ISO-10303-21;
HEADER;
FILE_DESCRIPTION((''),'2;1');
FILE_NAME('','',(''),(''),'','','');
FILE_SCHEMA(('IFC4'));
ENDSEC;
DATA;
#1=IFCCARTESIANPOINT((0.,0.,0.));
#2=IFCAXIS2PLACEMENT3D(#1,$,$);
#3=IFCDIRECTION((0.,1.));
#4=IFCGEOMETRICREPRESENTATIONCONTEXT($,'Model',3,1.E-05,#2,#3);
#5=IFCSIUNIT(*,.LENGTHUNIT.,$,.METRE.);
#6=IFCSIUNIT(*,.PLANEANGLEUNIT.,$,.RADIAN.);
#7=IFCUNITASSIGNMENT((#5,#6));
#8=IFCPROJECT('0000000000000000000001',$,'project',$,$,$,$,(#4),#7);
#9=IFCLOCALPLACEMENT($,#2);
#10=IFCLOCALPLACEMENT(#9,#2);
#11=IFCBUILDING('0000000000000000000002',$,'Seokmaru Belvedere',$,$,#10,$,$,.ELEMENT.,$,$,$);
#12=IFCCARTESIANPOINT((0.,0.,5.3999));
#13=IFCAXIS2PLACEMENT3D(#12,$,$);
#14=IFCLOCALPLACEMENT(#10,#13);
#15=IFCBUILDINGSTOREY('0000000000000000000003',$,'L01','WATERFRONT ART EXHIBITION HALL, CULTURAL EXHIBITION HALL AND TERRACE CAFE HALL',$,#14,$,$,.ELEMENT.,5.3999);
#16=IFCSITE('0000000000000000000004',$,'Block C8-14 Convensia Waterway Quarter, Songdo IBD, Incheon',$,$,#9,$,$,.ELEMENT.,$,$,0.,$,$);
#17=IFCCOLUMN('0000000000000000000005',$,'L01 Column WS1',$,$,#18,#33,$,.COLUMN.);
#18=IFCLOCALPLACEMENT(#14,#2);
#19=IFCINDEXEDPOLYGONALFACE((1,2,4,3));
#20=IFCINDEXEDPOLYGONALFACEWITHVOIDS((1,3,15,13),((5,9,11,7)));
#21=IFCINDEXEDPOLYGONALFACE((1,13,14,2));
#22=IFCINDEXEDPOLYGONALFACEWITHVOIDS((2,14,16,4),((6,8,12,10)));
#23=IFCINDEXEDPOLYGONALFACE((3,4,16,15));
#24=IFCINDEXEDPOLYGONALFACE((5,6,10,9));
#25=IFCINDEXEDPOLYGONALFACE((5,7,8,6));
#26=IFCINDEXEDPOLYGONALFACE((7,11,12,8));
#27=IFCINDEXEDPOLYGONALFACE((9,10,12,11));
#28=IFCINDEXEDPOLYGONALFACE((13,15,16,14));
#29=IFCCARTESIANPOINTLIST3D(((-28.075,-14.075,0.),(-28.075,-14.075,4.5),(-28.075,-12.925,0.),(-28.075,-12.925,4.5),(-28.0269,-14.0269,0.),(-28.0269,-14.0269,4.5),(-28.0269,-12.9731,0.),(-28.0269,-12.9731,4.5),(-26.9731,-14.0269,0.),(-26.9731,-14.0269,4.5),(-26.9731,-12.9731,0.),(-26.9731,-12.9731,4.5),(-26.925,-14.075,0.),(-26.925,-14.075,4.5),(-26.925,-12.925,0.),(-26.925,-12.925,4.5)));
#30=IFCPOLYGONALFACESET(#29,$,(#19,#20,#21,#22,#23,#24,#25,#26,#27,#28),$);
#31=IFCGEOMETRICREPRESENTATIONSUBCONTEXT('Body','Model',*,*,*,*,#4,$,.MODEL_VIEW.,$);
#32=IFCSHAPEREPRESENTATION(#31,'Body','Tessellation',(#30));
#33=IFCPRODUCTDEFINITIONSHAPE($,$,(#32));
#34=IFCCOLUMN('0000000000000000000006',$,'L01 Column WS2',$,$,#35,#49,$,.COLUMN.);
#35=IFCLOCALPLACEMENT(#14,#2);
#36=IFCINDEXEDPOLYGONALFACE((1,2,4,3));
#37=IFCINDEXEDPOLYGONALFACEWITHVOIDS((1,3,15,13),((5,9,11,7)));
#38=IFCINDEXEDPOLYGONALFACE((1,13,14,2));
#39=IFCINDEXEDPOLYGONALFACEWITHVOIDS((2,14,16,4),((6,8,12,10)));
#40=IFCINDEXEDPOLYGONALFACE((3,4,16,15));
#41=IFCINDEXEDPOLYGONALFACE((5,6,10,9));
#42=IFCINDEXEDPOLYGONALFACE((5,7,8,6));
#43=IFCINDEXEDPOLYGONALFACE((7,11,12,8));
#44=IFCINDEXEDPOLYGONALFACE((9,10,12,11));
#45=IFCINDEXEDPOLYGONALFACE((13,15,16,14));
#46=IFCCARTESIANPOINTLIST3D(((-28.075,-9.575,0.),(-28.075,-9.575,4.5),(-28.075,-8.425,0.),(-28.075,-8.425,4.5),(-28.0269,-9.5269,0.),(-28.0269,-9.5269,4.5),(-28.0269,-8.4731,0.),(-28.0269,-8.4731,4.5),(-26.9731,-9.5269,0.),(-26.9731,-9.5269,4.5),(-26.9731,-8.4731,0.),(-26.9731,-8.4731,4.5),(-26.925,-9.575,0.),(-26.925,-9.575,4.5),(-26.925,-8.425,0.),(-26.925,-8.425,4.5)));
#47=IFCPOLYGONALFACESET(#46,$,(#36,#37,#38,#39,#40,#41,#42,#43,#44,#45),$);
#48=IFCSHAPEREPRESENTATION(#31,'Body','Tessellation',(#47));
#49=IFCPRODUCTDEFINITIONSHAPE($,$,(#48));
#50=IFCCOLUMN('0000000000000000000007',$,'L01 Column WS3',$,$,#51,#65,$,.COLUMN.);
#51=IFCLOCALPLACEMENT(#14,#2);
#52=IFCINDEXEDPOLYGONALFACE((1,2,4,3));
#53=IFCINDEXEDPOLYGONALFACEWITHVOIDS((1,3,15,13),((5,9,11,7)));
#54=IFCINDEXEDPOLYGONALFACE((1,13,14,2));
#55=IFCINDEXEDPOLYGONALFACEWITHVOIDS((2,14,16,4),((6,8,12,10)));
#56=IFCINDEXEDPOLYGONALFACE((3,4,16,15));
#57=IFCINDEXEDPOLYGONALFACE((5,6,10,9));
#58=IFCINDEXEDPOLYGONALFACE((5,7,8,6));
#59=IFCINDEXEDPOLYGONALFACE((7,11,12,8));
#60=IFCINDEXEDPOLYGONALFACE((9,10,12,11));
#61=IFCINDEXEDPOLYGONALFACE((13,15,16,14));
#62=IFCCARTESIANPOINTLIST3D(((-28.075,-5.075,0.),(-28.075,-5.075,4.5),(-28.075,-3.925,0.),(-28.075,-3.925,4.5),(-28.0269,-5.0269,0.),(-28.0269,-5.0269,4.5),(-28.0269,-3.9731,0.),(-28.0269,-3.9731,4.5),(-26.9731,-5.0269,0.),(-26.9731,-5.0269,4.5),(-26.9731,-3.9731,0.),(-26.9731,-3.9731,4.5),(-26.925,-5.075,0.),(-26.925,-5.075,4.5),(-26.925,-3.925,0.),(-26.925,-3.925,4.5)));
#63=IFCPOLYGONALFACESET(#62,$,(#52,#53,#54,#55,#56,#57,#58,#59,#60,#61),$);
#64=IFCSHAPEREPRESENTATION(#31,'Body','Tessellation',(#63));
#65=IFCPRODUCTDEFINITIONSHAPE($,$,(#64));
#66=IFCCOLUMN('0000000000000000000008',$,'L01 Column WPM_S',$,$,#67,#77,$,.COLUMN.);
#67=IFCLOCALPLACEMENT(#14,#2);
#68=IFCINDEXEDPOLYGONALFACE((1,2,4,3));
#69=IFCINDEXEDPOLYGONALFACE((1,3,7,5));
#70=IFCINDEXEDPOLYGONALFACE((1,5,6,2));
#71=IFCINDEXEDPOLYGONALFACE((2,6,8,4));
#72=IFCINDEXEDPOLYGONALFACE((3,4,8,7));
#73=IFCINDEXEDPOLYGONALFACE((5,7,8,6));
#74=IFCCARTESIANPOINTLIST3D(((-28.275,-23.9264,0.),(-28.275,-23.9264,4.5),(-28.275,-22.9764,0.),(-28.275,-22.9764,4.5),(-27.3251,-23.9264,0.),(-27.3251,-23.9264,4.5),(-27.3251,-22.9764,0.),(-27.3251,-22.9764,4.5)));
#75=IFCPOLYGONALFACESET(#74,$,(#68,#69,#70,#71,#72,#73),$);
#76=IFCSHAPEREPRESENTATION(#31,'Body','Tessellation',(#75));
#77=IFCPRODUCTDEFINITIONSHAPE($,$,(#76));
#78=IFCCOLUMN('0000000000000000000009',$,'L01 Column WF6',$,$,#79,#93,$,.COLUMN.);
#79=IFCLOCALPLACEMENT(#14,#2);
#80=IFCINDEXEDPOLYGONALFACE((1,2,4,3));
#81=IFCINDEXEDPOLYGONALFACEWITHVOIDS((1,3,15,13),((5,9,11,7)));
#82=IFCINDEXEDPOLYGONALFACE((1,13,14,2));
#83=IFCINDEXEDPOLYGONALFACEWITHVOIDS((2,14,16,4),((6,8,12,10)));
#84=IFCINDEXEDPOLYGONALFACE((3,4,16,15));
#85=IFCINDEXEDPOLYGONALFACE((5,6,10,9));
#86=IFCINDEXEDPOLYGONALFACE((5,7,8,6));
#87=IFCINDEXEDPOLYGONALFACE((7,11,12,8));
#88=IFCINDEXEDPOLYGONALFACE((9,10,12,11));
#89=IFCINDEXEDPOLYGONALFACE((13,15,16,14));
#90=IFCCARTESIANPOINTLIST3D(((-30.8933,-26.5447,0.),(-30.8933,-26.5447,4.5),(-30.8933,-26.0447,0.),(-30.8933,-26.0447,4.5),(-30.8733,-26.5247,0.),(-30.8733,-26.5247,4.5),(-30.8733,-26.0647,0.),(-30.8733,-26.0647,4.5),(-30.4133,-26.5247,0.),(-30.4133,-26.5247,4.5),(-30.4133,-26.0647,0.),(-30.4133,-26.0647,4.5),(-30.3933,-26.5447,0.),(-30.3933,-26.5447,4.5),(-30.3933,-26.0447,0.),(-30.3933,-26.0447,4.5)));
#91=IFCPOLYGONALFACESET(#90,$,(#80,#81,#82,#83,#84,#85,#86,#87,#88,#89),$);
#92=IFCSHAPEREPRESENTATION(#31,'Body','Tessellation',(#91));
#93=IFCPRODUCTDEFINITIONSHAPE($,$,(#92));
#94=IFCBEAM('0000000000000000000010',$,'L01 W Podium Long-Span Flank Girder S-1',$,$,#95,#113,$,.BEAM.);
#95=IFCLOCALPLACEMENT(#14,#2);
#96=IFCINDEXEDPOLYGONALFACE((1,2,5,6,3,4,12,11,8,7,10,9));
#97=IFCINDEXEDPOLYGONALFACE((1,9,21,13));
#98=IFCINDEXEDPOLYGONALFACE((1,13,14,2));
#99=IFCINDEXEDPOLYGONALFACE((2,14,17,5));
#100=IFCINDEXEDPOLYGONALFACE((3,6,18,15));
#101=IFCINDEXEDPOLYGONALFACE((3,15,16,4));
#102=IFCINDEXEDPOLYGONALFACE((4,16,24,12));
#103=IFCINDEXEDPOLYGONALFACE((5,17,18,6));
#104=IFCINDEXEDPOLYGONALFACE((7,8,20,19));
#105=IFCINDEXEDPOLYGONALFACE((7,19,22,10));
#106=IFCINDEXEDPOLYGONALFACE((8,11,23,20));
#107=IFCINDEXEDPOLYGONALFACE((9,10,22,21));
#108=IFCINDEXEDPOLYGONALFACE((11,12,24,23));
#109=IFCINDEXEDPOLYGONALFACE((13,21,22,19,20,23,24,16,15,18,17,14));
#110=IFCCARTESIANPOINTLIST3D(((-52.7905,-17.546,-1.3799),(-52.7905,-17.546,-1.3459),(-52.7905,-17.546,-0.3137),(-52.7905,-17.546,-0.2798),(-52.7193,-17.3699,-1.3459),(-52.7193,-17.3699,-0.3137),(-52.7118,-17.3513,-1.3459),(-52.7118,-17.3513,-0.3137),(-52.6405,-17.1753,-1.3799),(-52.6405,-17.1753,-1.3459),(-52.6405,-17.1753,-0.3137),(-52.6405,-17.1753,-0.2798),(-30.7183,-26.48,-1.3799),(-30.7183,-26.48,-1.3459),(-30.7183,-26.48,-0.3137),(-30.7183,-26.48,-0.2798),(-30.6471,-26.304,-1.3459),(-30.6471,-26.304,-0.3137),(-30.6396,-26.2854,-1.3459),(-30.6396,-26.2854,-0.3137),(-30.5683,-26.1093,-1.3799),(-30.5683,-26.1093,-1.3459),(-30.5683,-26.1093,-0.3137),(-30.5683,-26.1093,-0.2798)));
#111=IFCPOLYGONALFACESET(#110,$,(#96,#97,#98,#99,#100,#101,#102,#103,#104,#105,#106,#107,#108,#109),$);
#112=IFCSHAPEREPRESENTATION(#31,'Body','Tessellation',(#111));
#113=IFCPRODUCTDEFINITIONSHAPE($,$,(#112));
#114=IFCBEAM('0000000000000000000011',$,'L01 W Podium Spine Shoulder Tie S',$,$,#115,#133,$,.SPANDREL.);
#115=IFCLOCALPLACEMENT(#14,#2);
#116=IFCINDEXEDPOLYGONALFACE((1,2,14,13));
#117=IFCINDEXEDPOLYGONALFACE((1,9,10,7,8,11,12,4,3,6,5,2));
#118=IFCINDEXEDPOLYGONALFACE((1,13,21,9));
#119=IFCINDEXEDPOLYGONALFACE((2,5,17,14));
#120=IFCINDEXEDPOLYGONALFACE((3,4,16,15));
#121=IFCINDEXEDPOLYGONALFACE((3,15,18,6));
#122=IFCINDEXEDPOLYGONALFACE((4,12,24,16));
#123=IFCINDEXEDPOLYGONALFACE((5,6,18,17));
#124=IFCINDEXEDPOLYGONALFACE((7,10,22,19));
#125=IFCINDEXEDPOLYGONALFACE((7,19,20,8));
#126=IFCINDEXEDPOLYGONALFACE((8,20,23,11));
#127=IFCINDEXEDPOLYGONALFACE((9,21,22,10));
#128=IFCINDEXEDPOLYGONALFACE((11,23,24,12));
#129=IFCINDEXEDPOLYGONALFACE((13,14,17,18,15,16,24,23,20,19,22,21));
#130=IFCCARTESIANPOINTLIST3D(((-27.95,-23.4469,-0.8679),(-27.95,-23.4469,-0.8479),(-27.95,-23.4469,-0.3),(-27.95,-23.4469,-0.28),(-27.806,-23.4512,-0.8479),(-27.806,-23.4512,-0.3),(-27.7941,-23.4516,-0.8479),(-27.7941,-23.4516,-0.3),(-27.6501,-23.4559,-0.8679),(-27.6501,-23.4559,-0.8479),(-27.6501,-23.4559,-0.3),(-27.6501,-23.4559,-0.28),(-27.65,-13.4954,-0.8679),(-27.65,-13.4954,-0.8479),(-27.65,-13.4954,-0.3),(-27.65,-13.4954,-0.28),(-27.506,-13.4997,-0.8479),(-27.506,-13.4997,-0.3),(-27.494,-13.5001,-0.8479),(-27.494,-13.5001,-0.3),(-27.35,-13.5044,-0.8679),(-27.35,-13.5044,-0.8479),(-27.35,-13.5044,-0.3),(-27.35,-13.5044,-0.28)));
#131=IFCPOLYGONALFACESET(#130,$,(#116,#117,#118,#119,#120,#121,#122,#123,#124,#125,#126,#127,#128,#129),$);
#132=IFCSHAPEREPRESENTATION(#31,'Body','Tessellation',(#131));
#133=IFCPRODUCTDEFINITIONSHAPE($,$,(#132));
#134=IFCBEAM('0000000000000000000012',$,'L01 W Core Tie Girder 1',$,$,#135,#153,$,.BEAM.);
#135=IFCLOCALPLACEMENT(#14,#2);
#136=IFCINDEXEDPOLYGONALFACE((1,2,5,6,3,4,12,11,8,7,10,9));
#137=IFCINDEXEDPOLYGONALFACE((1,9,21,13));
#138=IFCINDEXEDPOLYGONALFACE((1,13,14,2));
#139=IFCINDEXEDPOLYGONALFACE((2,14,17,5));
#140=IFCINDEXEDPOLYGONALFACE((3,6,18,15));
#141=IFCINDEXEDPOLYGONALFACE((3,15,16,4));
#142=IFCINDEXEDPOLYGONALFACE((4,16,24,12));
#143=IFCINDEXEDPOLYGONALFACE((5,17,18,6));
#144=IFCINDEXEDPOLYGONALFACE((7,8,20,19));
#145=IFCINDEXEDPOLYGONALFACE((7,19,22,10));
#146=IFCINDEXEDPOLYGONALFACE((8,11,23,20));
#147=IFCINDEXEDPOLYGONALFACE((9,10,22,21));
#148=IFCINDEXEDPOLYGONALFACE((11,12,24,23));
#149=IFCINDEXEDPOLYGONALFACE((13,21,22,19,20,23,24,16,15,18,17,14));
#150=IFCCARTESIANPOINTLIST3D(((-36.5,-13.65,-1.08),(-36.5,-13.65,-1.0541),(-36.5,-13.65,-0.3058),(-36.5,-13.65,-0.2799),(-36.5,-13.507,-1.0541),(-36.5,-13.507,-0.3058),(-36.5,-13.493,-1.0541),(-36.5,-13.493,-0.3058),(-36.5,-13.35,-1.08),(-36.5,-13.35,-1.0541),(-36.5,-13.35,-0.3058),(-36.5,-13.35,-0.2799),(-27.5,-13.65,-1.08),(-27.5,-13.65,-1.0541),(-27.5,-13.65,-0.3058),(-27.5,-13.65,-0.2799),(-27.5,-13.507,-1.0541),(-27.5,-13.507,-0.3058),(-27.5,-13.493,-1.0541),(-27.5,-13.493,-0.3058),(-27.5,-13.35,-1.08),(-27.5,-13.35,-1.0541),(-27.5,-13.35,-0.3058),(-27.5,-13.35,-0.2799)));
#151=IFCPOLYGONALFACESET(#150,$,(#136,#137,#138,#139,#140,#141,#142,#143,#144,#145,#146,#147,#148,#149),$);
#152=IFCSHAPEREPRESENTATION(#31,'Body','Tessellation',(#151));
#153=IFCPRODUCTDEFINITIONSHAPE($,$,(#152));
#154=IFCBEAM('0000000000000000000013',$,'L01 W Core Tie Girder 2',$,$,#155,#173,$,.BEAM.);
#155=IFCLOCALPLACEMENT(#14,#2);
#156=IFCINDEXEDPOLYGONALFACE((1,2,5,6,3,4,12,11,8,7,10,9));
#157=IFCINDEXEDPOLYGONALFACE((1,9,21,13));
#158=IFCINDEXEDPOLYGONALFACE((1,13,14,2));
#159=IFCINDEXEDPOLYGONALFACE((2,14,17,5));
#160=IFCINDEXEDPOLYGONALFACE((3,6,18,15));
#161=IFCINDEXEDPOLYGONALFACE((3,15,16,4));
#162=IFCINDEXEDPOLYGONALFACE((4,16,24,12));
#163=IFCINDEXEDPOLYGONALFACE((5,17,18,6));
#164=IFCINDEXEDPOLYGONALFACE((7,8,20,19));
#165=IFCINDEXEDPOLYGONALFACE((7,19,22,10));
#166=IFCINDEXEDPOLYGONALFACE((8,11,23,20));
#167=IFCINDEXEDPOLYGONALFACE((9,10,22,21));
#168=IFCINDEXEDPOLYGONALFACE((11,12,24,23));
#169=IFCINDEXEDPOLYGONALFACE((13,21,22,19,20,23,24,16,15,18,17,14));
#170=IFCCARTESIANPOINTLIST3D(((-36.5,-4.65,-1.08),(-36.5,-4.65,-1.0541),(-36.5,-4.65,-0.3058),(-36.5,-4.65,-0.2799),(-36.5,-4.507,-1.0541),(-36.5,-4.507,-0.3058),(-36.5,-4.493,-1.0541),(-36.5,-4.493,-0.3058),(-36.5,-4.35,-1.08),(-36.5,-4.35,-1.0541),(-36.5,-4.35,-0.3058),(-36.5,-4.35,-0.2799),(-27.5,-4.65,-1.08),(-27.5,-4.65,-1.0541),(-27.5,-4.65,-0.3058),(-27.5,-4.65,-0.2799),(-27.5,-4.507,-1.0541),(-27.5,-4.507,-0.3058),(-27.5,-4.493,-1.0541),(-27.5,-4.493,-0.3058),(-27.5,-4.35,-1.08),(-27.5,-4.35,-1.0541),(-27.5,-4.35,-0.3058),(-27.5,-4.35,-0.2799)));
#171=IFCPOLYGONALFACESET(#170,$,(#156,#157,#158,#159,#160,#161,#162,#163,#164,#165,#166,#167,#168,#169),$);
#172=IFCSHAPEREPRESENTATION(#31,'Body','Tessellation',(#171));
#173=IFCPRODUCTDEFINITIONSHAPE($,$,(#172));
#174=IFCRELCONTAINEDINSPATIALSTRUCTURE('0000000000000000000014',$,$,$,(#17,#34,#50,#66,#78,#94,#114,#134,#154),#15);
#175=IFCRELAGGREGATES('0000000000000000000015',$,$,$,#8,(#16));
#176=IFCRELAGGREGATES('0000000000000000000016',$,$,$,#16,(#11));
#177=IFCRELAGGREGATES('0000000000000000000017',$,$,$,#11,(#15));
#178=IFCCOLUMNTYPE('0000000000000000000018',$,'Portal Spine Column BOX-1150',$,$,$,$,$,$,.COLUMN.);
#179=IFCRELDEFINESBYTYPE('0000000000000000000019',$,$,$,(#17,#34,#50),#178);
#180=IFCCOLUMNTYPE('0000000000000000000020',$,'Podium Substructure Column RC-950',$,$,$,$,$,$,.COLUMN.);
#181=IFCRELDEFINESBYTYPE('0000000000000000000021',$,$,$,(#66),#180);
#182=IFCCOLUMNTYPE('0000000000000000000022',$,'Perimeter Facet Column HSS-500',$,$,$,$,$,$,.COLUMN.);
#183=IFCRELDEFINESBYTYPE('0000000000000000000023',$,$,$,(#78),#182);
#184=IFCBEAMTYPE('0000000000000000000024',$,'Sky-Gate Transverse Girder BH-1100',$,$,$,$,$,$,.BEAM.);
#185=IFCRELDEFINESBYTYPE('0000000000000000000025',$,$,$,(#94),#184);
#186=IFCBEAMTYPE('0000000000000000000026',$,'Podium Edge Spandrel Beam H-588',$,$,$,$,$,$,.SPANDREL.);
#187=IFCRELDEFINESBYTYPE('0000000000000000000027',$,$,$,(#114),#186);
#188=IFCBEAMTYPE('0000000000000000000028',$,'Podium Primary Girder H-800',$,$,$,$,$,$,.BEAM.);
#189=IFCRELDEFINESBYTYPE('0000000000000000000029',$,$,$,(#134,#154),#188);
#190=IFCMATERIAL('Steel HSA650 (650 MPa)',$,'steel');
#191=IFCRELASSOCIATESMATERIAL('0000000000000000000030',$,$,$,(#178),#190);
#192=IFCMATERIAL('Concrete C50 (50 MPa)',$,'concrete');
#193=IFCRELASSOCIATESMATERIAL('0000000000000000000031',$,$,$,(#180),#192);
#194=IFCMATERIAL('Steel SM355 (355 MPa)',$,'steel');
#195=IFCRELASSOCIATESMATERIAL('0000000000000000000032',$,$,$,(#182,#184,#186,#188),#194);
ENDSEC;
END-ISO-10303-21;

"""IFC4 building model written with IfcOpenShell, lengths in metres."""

from ifc_helpers import new_model, si_unit, direction, frame, origin, origin_2d, place, context, subcontext, project, spatial, rectangle, hollow_rectangle, i_section, extrude, source, transform, mapped, material, material_profile, profile_set, type_object, type_shapes, element, save


model = new_model("IFC4")

# Units and contexts
model_context = context("Model", 3, precision=1e-05, world=origin(), true_north=direction((0.0, 1.0)))
body_context = subcontext(model_context, "Body", "Model", "MODEL_VIEW")
ifc_project = project(units=[si_unit("LENGTHUNIT", "METRE"), si_unit("PLANEANGLEUNIT", "RADIAN")], contexts=[model_context])

# Site, building, storey
site_placement = place(None, origin())
site = spatial("IfcSite", under=ifc_project, at=site_placement, Name="Block C8-14 Convensia Waterway Quarter, Songdo IBD, Incheon", CompositionType="ELEMENT", RefElevation=0.0)
building_placement = place(site_placement, origin())
building = spatial("IfcBuilding", under=site, at=building_placement, Name="Seokmaru Belvedere", CompositionType="ELEMENT")
storey_placement = place(building_placement, frame((0.0, 0.0, 5.3999)))
storey = spatial("IfcBuildingStorey", under=building, at=storey_placement, Name="L01", Description="WATERFRONT ART EXHIBITION HALL, CULTURAL EXHIBITION HALL AND TERRACE CAFE HALL", CompositionType="ELEMENT", Elevation=5.3999)

# Columns
ifc_material_1 = material(Name="Steel HSA650 (650 MPa)", Category="steel")
ifc_material_profile_1 = material_profile(ifc_material_1, hollow_rectangle(XDim=1.1499, YDim=1.1499, WallThickness=0.0481, at=origin_2d()), Name="BOX-1150x1150x48")
ifc_profile_set_1 = profile_set([ifc_material_profile_1], Name="Steel HSA650 (650 MPa)")
column_type_1 = type_object("IfcColumnType", Name="Portal Spine Column BOX-1150", PredefinedType="COLUMN", material=ifc_profile_set_1)
shared_shape_1 = source(origin(), body_context, "Body", "SweptSolid", [
    extrude(hollow_rectangle(XDim=1.1499, YDim=1.1499, WallThickness=0.0481, at=origin_2d()), origin(), (0.0, 0.0, 1.0), 4.5),
])
type_shapes(column_type_1, [shared_shape_1])
for number, where, z_axis, x_axis, name in (
    (1, (-27.5, -13.5, 0.0), (0.0, 0.0, 1.0), (1.0, 0.0, 0.0), "L01 Column WS1"),
    (2, (-27.5, -9.0, 0.0), (0.0, 0.0, 1.0), (1.0, 0.0, 0.0), "L01 Column WS2"),
    (3, (-27.5, -4.5, 0.0), (0.0, 0.0, 1.0), (1.0, 0.0, 0.0), "L01 Column WS3"),
):
    element("IfcColumn", number, at=place(storey_placement, frame(where, z_axis=z_axis, x_axis=x_axis)), inside=storey, type_object=column_type_1, Name=name, PredefinedType="COLUMN", context=body_context, shape_type="MappedRepresentation", body=[
        mapped(shared_shape_1, transform((0.0, 0.0, 0.0), scale=1.0)),
    ])
ifc_material_2 = material(Name="Concrete C50 (50 MPa)", Category="concrete")
ifc_material_profile_2 = material_profile(ifc_material_2, rectangle(XDim=0.95, YDim=0.95, at=origin_2d()), Name="RC-950x950")
ifc_profile_set_2 = profile_set([ifc_material_profile_2], Name="Concrete C50 (50 MPa)")
column_type_2 = type_object("IfcColumnType", Name="Podium Substructure Column RC-950", PredefinedType="COLUMN", material=ifc_profile_set_2)
shared_shape_2 = source(origin(), body_context, "Body", "SweptSolid", [
    extrude(rectangle(XDim=0.95, YDim=0.95, at=origin_2d()), origin(), (0.0, 0.0, 1.0), 4.5),
])
type_shapes(column_type_2, [shared_shape_2])
column_1_placement = place(storey_placement, frame((-27.8, -23.4514, 0.0), z_axis=(0.0, 0.0, 1.0), x_axis=(1.0, 0.0, 0.0)))
element("IfcColumn", 4, at=column_1_placement, inside=storey, type_object=column_type_2, Name="L01 Column WPM_S", PredefinedType="COLUMN", context=body_context, shape_type="MappedRepresentation", body=[
    mapped(shared_shape_2, transform((0.0, 0.0, 0.0), scale=1.0)),
])
ifc_material_3 = material(Name="Steel SM355 (355 MPa)", Category="steel")
ifc_material_profile_3 = material_profile(ifc_material_3, hollow_rectangle(XDim=0.5, YDim=0.5, WallThickness=0.02, at=origin_2d()), Name="HSS-500x500x20")
ifc_profile_set_3 = profile_set([ifc_material_profile_3], Name="Steel SM355 (355 MPa)")
column_type_3 = type_object("IfcColumnType", Name="Perimeter Facet Column HSS-500", PredefinedType="COLUMN", material=ifc_profile_set_3)
shared_shape_3 = source(origin(), body_context, "Body", "SweptSolid", [
    extrude(hollow_rectangle(XDim=0.5, YDim=0.5, WallThickness=0.02, at=origin_2d()), origin(), (0.0, 0.0, 1.0), 4.5),
])
type_shapes(column_type_3, [shared_shape_3])
column_2_placement = place(storey_placement, frame((-30.6433, -26.2947, 0.0), z_axis=(0.0, 0.0, 1.0), x_axis=(1.0, 0.0, 0.0)))
element("IfcColumn", 5, at=column_2_placement, inside=storey, type_object=column_type_3, Name="L01 Column WF6", PredefinedType="COLUMN", context=body_context, shape_type="MappedRepresentation", body=[
    mapped(shared_shape_3, transform((0.0, 0.0, 0.0), scale=1.0)),
])

# Beams
ifc_material_profile_4 = material_profile(ifc_material_3, i_section(OverallWidth=0.3999, OverallDepth=1.1001, WebThickness=0.02, FlangeThickness=0.0339, at=origin_2d()), Name="BH-1100x400x20x34")
ifc_profile_set_4 = profile_set([ifc_material_profile_4], Name="Steel SM355 (355 MPa)")
beam_type_1 = type_object("IfcBeamType", Name="Sky-Gate Transverse Girder BH-1100", PredefinedType="BEAM", material=ifc_profile_set_4)
shared_shape_4 = source(origin(), body_context, "Body", "SweptSolid", [
    extrude(i_section(OverallWidth=0.3999, OverallDepth=1.1001, WebThickness=0.02, FlangeThickness=0.0339, at=origin_2d()), origin(), (0.0, 0.0, 1.0), 23.8118),
])
type_shapes(beam_type_1, [shared_shape_4])
beam_1_placement = place(storey_placement, frame((-30.6433, -26.2947, -0.8298), z_axis=(-0.926946, 0.375195, 0.0), x_axis=(-0.375195, -0.926946, 0.0)))
element("IfcBeam", 6, at=beam_1_placement, inside=storey, type_object=beam_type_1, Name="L01 W Podium Long-Span Flank Girder S-1", PredefinedType="BEAM", context=body_context, shape_type="MappedRepresentation", body=[
    mapped(shared_shape_4, transform((0.0, 0.0, 0.0), scale=1.0)),
])
ifc_material_profile_5 = material_profile(ifc_material_3, i_section(OverallWidth=0.3, OverallDepth=0.5879, WebThickness=0.012, FlangeThickness=0.02, at=origin_2d()), Name="H-588x300x12x20")
ifc_profile_set_5 = profile_set([ifc_material_profile_5], Name="Steel SM355 (355 MPa)")
beam_type_2 = type_object("IfcBeamType", Name="Podium Edge Spandrel Beam H-588", PredefinedType="SPANDREL", material=ifc_profile_set_5)
shared_shape_5 = source(origin(), body_context, "Body", "SweptSolid", [
    extrude(i_section(OverallWidth=0.3, OverallDepth=0.5879, WebThickness=0.012, FlangeThickness=0.02, at=origin_2d()), origin(), (0.0, 0.0, 1.0), 9.9561),
])
type_shapes(beam_type_2, [shared_shape_5])
beam_2_placement = place(storey_placement, frame((-27.8, -23.4514, -0.574), z_axis=(0.030138, 0.999546, 0.0), x_axis=(-0.999546, 0.030138, 0.0)))
element("IfcBeam", 7, at=beam_2_placement, inside=storey, type_object=beam_type_2, Name="L01 W Podium Spine Shoulder Tie S", PredefinedType="SPANDREL", context=body_context, shape_type="MappedRepresentation", body=[
    mapped(shared_shape_5, transform((0.0, 0.0, 0.0), scale=1.0)),
])
ifc_material_profile_6 = material_profile(ifc_material_3, i_section(OverallWidth=0.3, OverallDepth=0.8, WebThickness=0.0139, FlangeThickness=0.0259, at=origin_2d()), Name="H-800x300x14x26")
ifc_profile_set_6 = profile_set([ifc_material_profile_6], Name="Steel SM355 (355 MPa)")
beam_type_3 = type_object("IfcBeamType", Name="Podium Primary Girder H-800", PredefinedType="BEAM", material=ifc_profile_set_6)
shared_shape_6 = source(origin(), body_context, "Body", "SweptSolid", [
    extrude(i_section(OverallWidth=0.3, OverallDepth=0.8, WebThickness=0.0139, FlangeThickness=0.0259, at=origin_2d()), origin(), (0.0, 0.0, 1.0), 9.0),
])
for number, where, z_axis, x_axis, name in (
    (8, (-36.5, -13.5, -0.6799), (1.0, 0.0, 0.0), (0.0, 1.0, 0.0), "L01 W Core Tie Girder 1"),
    (9, (-36.5, -4.5, -0.6799), (1.0, 0.0, 0.0), (0.0, 1.0, 0.0), "L01 W Core Tie Girder 2"),
):
    element("IfcBeam", number, at=place(storey_placement, frame(where, z_axis=z_axis, x_axis=x_axis)), inside=storey, type_object=beam_type_3, Name=name, PredefinedType="BEAM", context=body_context, shape_type="MappedRepresentation", body=[
        mapped(shared_shape_6, transform((0.0, 0.0, 0.0), scale=1.0)),
    ])

save(model, "model.ifc")
